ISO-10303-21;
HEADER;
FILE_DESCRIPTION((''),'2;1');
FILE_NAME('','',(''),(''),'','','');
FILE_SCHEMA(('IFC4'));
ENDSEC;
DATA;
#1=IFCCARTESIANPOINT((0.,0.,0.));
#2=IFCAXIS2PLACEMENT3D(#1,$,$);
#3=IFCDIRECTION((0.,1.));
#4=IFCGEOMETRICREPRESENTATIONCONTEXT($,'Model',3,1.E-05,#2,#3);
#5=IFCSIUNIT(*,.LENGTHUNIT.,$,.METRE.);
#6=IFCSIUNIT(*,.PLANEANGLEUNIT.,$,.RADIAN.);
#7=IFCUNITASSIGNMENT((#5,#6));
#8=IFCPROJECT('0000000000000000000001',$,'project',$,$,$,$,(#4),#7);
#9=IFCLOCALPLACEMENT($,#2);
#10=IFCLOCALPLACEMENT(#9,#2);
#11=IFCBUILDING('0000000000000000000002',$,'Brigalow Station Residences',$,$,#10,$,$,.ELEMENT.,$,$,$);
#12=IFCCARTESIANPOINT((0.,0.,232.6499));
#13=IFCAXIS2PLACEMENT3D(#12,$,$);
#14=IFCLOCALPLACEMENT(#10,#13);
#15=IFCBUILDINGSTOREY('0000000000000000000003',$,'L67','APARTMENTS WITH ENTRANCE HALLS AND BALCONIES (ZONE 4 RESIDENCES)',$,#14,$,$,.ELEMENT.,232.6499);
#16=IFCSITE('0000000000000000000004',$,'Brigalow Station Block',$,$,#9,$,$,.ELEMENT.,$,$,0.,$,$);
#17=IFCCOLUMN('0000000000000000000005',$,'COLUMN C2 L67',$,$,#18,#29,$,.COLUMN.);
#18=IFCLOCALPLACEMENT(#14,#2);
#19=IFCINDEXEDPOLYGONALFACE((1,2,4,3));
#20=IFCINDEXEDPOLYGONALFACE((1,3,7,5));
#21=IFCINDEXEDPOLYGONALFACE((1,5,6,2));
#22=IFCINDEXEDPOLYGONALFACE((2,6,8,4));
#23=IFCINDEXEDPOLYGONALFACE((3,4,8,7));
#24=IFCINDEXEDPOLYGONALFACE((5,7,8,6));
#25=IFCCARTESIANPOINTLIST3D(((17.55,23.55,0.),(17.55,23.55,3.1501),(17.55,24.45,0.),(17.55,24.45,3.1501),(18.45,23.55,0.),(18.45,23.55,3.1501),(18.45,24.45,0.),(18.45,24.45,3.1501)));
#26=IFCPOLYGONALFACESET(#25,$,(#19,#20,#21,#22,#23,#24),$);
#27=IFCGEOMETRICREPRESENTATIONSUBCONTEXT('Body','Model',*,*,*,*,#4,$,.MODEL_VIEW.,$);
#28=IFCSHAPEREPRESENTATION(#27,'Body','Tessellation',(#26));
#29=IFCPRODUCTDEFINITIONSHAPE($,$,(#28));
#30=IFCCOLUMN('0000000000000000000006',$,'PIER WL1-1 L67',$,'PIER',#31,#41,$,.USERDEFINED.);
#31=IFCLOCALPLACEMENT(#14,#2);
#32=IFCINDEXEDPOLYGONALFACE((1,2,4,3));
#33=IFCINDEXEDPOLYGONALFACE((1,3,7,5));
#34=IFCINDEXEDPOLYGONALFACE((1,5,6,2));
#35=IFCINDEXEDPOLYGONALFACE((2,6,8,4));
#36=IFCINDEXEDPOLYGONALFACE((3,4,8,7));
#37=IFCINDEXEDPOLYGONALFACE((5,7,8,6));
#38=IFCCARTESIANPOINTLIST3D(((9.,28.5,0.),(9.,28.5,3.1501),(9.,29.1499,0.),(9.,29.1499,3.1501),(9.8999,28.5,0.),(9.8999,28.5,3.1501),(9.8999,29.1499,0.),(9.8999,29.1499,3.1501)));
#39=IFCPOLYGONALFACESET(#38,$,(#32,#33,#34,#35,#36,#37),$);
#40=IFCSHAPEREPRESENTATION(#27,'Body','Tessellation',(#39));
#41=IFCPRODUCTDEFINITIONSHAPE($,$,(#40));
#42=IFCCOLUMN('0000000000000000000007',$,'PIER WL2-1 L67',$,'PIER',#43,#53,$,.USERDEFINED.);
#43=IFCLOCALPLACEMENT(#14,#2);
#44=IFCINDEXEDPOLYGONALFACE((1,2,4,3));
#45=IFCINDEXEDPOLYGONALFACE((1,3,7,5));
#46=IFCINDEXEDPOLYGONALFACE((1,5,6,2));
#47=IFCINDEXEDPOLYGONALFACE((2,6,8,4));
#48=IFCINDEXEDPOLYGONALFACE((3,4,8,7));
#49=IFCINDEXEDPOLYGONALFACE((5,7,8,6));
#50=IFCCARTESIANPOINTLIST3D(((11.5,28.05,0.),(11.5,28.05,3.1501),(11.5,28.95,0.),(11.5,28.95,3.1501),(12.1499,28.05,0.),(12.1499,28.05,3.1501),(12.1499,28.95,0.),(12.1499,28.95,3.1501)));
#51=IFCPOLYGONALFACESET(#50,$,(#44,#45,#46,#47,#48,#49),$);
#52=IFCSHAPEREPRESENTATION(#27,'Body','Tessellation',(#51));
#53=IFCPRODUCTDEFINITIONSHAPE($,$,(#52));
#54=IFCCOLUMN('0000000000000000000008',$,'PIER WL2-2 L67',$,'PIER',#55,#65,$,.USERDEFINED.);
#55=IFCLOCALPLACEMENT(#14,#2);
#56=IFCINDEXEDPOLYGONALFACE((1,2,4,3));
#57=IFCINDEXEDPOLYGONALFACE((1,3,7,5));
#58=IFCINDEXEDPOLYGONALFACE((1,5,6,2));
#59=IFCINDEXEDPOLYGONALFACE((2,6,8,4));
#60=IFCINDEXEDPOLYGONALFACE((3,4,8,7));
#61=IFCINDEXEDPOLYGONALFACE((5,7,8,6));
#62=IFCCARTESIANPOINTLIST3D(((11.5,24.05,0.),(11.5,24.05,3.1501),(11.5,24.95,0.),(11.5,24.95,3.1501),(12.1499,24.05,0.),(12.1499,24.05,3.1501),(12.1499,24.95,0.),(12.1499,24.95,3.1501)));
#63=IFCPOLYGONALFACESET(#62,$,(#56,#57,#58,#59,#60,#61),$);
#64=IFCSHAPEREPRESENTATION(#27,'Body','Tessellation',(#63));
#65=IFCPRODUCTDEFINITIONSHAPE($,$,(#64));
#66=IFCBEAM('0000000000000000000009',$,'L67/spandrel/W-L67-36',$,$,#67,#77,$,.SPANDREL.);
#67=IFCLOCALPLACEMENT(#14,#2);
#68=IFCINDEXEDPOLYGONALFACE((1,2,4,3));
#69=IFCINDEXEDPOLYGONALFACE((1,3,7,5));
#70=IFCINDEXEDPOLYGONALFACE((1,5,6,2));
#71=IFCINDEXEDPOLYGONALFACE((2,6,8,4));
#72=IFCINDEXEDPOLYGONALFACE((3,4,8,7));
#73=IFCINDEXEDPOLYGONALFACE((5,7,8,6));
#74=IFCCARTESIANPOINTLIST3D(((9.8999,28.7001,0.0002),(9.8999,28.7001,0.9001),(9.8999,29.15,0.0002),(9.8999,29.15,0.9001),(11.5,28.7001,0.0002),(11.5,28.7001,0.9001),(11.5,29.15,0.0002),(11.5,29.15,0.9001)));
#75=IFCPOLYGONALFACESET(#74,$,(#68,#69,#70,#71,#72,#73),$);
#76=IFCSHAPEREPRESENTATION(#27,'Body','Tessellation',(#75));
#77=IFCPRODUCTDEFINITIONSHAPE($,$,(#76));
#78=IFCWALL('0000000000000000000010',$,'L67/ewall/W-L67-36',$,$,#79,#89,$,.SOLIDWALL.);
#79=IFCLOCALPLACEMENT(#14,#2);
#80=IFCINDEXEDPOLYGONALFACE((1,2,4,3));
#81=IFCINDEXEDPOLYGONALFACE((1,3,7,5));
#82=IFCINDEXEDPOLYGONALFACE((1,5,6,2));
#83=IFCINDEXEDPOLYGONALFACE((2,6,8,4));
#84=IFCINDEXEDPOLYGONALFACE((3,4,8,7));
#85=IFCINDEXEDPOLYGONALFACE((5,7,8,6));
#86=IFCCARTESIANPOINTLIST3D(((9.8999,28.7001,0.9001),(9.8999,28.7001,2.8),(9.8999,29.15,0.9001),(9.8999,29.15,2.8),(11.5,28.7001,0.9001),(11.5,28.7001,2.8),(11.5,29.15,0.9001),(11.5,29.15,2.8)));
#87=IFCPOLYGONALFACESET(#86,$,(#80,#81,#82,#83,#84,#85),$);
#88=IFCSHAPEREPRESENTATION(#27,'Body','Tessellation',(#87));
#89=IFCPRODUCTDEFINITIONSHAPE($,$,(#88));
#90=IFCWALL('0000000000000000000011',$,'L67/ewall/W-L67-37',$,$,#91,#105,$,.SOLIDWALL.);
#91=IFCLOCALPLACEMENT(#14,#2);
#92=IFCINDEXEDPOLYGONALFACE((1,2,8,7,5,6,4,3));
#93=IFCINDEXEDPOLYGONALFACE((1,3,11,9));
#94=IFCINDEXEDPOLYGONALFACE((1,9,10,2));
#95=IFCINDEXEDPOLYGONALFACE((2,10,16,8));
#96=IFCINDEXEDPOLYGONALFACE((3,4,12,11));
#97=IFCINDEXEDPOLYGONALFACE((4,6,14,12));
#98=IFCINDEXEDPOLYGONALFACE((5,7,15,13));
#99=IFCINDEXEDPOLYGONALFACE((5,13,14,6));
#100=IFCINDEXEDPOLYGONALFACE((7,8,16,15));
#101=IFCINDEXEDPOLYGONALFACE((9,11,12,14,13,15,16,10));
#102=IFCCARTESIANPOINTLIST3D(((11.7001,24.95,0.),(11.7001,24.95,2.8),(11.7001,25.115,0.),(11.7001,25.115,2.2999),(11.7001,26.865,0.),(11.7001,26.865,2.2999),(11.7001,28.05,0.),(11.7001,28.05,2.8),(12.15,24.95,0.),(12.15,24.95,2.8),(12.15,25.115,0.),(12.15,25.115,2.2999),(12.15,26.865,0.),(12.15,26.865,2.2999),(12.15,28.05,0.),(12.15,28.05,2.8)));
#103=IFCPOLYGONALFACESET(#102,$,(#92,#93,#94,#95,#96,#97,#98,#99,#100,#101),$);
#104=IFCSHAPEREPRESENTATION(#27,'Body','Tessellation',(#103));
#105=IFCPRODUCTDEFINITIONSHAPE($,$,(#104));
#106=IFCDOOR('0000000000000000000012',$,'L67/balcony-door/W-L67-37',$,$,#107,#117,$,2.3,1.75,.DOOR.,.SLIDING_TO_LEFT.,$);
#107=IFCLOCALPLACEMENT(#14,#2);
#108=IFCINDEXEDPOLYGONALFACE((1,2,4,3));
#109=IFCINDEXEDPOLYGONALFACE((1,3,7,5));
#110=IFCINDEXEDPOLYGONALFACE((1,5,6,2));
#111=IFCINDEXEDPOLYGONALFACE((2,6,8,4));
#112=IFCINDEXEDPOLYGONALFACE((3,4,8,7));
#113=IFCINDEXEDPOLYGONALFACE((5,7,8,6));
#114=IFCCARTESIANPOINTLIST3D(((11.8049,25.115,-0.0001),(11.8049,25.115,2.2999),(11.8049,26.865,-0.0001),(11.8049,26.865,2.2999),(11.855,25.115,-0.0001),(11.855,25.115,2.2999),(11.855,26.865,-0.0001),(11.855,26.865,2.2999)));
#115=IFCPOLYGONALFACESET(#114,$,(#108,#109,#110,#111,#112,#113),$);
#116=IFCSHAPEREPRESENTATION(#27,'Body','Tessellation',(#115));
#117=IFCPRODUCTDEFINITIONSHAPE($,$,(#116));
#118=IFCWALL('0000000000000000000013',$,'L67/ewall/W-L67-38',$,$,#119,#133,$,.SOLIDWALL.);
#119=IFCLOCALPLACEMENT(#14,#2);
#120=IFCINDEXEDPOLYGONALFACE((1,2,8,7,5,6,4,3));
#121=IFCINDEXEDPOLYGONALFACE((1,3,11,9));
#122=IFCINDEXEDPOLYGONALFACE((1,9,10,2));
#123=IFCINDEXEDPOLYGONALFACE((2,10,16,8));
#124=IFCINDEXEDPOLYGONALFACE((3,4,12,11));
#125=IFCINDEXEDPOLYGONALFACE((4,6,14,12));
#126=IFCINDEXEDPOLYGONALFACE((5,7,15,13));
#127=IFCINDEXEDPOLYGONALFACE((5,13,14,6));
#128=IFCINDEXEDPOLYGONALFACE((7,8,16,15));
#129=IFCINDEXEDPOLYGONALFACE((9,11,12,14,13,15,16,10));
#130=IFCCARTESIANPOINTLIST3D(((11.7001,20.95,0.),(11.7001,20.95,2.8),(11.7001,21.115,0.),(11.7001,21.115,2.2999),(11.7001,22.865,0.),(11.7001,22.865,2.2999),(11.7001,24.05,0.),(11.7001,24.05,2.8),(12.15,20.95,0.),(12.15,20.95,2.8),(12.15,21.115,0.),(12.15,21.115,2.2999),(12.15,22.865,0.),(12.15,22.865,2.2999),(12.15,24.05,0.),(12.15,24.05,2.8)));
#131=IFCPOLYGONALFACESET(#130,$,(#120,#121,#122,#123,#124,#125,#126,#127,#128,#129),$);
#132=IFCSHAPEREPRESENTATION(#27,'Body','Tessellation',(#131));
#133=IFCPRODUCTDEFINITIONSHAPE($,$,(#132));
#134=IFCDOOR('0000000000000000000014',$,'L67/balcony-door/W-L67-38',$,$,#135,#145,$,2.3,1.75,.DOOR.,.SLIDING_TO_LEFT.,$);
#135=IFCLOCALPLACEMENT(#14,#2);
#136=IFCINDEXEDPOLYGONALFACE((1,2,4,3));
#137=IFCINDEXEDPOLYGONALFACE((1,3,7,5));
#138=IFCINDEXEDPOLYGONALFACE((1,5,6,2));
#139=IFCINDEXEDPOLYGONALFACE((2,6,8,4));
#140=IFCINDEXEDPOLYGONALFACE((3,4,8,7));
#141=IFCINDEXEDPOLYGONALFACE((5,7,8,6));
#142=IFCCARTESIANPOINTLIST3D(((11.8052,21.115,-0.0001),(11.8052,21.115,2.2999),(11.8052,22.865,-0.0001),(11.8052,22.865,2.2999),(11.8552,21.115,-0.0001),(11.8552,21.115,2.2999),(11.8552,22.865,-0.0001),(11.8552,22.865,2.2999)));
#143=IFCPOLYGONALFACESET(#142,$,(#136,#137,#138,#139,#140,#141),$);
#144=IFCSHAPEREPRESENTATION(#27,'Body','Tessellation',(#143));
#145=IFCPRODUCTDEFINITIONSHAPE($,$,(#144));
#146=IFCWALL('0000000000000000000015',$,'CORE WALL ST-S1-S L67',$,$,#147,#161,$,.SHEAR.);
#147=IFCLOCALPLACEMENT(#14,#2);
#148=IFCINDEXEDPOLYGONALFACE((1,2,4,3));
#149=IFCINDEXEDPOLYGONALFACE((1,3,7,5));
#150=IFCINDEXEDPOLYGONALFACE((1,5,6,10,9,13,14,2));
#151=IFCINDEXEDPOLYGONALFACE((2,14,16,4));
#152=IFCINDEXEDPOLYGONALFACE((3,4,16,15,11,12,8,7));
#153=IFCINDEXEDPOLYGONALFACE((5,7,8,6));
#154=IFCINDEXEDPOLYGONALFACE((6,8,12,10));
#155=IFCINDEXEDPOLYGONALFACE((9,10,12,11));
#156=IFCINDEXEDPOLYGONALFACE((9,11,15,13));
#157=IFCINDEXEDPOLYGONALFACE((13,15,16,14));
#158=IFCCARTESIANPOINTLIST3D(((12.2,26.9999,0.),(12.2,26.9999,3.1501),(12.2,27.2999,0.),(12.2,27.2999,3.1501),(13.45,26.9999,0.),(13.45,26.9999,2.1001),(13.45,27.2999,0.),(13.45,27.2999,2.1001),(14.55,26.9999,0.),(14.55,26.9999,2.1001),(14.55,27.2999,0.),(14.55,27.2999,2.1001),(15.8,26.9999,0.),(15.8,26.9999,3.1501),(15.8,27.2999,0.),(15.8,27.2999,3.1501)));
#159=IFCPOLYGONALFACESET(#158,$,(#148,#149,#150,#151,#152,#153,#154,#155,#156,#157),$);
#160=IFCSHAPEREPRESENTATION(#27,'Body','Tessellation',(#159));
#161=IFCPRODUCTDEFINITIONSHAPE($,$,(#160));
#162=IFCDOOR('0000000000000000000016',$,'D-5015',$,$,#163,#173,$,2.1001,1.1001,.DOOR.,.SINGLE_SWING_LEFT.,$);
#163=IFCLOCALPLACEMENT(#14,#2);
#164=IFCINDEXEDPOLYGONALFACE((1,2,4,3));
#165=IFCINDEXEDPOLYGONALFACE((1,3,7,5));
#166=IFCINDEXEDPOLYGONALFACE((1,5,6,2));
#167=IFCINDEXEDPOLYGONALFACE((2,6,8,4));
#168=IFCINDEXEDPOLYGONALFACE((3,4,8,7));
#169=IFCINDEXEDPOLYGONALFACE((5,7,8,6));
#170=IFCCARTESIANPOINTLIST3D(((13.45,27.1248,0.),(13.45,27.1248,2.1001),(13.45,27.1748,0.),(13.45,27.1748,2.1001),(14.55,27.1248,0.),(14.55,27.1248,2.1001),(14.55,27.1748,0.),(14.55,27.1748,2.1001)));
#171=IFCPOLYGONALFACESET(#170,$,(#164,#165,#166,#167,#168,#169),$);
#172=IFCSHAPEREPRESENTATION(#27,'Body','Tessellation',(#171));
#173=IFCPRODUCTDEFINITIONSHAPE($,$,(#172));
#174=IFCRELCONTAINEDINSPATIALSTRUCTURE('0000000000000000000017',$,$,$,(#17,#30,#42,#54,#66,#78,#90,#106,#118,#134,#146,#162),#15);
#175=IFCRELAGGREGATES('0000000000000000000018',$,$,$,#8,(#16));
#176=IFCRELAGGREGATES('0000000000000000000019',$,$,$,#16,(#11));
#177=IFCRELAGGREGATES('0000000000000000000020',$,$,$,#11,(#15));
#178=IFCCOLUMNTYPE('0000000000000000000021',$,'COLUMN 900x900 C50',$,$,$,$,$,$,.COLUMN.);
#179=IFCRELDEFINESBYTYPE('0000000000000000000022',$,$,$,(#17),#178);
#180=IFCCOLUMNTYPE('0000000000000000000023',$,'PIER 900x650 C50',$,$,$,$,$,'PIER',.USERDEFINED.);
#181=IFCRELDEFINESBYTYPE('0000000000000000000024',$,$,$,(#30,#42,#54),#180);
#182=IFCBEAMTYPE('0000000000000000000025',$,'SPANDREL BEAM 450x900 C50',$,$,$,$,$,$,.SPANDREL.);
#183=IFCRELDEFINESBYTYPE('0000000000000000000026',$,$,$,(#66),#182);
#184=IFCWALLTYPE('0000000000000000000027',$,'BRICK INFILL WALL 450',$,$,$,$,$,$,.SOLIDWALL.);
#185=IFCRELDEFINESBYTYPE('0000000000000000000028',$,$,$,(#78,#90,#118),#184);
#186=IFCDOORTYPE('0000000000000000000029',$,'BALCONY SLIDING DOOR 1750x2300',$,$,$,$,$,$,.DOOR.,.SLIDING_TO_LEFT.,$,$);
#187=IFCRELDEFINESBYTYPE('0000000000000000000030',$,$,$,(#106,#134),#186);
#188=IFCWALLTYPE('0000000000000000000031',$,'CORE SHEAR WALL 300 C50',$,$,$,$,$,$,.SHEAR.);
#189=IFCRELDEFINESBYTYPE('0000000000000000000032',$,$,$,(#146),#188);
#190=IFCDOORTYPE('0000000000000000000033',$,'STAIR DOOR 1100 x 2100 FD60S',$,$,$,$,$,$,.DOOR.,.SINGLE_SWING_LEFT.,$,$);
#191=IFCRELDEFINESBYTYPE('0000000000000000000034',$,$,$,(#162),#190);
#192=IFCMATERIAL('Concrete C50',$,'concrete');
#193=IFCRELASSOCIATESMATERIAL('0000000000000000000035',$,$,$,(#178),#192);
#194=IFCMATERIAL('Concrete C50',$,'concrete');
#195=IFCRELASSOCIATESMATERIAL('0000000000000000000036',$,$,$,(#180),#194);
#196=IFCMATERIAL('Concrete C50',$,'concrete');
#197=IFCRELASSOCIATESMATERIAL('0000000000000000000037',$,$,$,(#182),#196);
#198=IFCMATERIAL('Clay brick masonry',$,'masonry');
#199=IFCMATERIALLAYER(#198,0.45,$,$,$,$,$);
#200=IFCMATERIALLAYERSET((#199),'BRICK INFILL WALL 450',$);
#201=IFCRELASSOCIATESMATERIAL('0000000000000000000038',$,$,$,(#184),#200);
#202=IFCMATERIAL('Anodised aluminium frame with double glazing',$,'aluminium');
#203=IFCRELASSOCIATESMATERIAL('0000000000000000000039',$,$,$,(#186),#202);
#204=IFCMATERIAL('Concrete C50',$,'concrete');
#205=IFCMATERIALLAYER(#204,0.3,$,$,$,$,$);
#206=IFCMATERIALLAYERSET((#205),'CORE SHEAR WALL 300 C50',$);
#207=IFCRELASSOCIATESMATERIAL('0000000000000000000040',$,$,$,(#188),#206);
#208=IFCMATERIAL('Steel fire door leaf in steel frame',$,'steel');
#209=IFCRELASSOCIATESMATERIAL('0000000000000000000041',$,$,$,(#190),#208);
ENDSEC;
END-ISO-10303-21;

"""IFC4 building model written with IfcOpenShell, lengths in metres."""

from ifc_helpers import new_model, si_unit, direction, frame, frame_2d, origin, origin_2d, place, context, subcontext, project, spatial, rectangle, extrude, material, layer, layer_set, material_profile, profile_set, type_object, element, fill, save


model = new_model("IFC4")

# Units and contexts
model_context = context("Model", 3, precision=1e-05, world=origin(), true_north=direction((0.0, 1.0)))
body_context = subcontext(model_context, "Body", "Model", "MODEL_VIEW")
ifc_project = project(units=[si_unit("LENGTHUNIT", "METRE"), si_unit("PLANEANGLEUNIT", "RADIAN")], contexts=[model_context])

# Site, building, storey
site_placement = place(None, origin())
site = spatial("IfcSite", under=ifc_project, at=site_placement, Name="Brigalow Station Block", CompositionType="ELEMENT", RefElevation=0.0)
building_placement = place(site_placement, origin())
building = spatial("IfcBuilding", under=site, at=building_placement, Name="Brigalow Station Residences", CompositionType="ELEMENT")
storey_placement = place(building_placement, frame((0.0, 0.0, 232.6499)))
storey = spatial("IfcBuildingStorey", under=building, at=storey_placement, Name="L67", Description="APARTMENTS WITH ENTRANCE HALLS AND BALCONIES (ZONE 4 RESIDENCES)", CompositionType="ELEMENT", Elevation=232.6499)

# Columns
ifc_material_1 = material(Name="Concrete C50", Category="concrete")
ifc_material_profile_1 = material_profile(ifc_material_1, rectangle(XDim=0.8999, YDim=0.8999, at=origin_2d()), Name="RC900x900")
ifc_profile_set_1 = profile_set([ifc_material_profile_1], Name="Concrete C50")
column_type_1 = type_object("IfcColumnType", Name="COLUMN 900x900 C50", PredefinedType="COLUMN", material=ifc_profile_set_1)
column_placement = place(storey_placement, frame((18.0, 24.0, 0.0), z_axis=(0.0, 0.0, 1.0), x_axis=(1.0, 0.0, 0.0)))
element("IfcColumn", 1, at=column_placement, inside=storey, type_object=column_type_1, Name="COLUMN C2 L67", PredefinedType="COLUMN", context=body_context, shape_type="SweptSolid", body=[
    extrude(rectangle(XDim=0.8999, YDim=0.8999, at=origin_2d()), origin(), (0.0, 0.0, 1.0), 3.1501),
])
ifc_material_2 = material(Name="Concrete C50", Category="concrete")
ifc_material_profile_2 = material_profile(ifc_material_2, rectangle(XDim=0.8999, YDim=0.6499, at=origin_2d()), Name="RC900x650")
ifc_profile_set_2 = profile_set([ifc_material_profile_2], Name="Concrete C50")
column_type_2 = type_object("IfcColumnType", Name="PIER 900x650 C50", ElementType="PIER", PredefinedType="USERDEFINED", material=ifc_profile_set_2)
for number, where, z_axis, x_axis, name in (
    (2, (9.45, 28.825, 0.0), (0.0, 0.0, 1.0), (1.0, 0.0, 0.0), "PIER WL1-1 L67"),
    (3, (11.825, 28.5, 0.0), (0.0, 0.0, 1.0), (0.0, -1.0, 0.0), "PIER WL2-1 L67"),
    (4, (11.825, 24.5, 0.0), (0.0, 0.0, 1.0), (0.0, -1.0, 0.0), "PIER WL2-2 L67"),
):
    element("IfcColumn", number, at=place(storey_placement, frame(where, z_axis=z_axis, x_axis=x_axis)), inside=storey, type_object=column_type_2, Name=name, ObjectType="PIER", PredefinedType="USERDEFINED", context=body_context, shape_type="SweptSolid", body=[
        extrude(rectangle(XDim=0.8999, YDim=0.6499, at=origin_2d()), origin(), (0.0, 0.0, 1.0), 3.1501),
    ])

# Beam
ifc_material_3 = material(Name="Concrete C50", Category="concrete")
ifc_material_profile_3 = material_profile(ifc_material_3, rectangle(XDim=0.45, YDim=0.8999, at=origin_2d()), Name="RC450x900")
ifc_profile_set_3 = profile_set([ifc_material_profile_3], Name="Concrete C50")
beam_type = type_object("IfcBeamType", Name="SPANDREL BEAM 450x900 C50", PredefinedType="SPANDREL", material=ifc_profile_set_3)
beam_placement = place(storey_placement, frame((9.8999, 28.925, 0.4502), z_axis=(1.0, 0.0, 0.0), x_axis=(0.0, 1.0, 0.0)))
element("IfcBeam", 5, at=beam_placement, inside=storey, type_object=beam_type, Name="L67/spandrel/W-L67-36", PredefinedType="SPANDREL", context=body_context, shape_type="SweptSolid", body=[
    extrude(rectangle(XDim=0.45, YDim=0.8999, at=origin_2d()), origin(), (0.0, 0.0, 1.0), 1.6001),
])

# Wall
ifc_material_4 = material(Name="Clay brick masonry", Category="masonry")
ifc_layer_1 = layer(ifc_material_4, 0.45)
ifc_layer_set_1 = layer_set([ifc_layer_1], Name="BRICK INFILL WALL 450")
wall_type_1 = type_object("IfcWallType", Name="BRICK INFILL WALL 450", PredefinedType="SOLIDWALL", material=ifc_layer_set_1)
wall_1_placement = place(storey_placement, frame((9.8999, 28.925, 0.9001), z_axis=(0.0, 0.0, 1.0), x_axis=(1.0, 0.0, 0.0)))
element("IfcWall", 6, at=wall_1_placement, inside=storey, type_object=wall_type_1, Name="L67/ewall/W-L67-36", PredefinedType="SOLIDWALL", context=body_context, shape_type="SweptSolid", body=[
    extrude(rectangle(XDim=1.6001, YDim=0.45, at=frame_2d((0.8, 0.0))), origin(), (0.0, 0.0, 1.0), 1.8999),
])

# Walls, openings, doors
wall_2_placement = place(storey_placement, frame((11.925, 28.05, 0.0), z_axis=(0.0, 0.0, 1.0), x_axis=(0.0, -1.0, 0.0)))
wall_2 = element("IfcWall", 7, at=wall_2_placement, inside=storey, type_object=wall_type_1, Name="L67/ewall/W-L67-37", PredefinedType="SOLIDWALL", context=body_context, shape_type="SweptSolid", body=[
    extrude(rectangle(XDim=3.1001, YDim=0.45, at=frame_2d((1.55, 0.0))), origin(), (0.0, 0.0, 1.0), 2.8),
])
opening_1_placement = place(wall_2_placement, frame((1.1851, 0.0, 0.0)))
opening_1 = element("IfcOpeningElement", 8, at=opening_1_placement, cuts=wall_2, PredefinedType="OPENING", context=body_context, shape_type="SweptSolid", body=[
    extrude(rectangle(XDim=1.75, YDim=2.3, at=frame_2d((0.875, 1.1499))), frame((0.0, 0.2349, 0.0), z_axis=(0.0, -1.0, 0.0), x_axis=(1.0, 0.0, 0.0)), (0.0, 0.0, 1.0), 0.47),
])
ifc_material_5 = material(Name="Anodised aluminium frame with double glazing", Category="aluminium")
door_type_1 = type_object("IfcDoorType", Name="BALCONY SLIDING DOOR 1750x2300", OperationType="SLIDING_TO_LEFT", PredefinedType="DOOR", material=ifc_material_5)
door_1_placement = place(opening_1_placement, frame((1.75, -0.1899, 0.0), z_axis=(0.0, 0.0, 1.0), x_axis=(-1.0, 0.0, 0.0)))
door_1 = element("IfcDoor", 9, at=door_1_placement, inside=storey, type_object=door_type_1, Name="L67/balcony-door/W-L67-37", OperationType="SLIDING_TO_LEFT", OverallHeight=2.3, OverallWidth=1.75, PredefinedType="DOOR", context=body_context, shape_type="SweptSolid", body=[
    extrude(rectangle(XDim=1.75, YDim=2.3, at=frame_2d((0.875, 1.1499))), frame((0.0, -0.0698, 0.0), z_axis=(0.0, -1.0, 0.0), x_axis=(1.0, 0.0, 0.0)), (0.0, 0.0, 1.0), 0.05),
])
fill(opening_1, door_1)
wall_3_placement = place(storey_placement, frame((11.925, 24.05, 0.0), z_axis=(0.0, 0.0, 1.0), x_axis=(0.0, -1.0, 0.0)))
wall_3 = element("IfcWall", 10, at=wall_3_placement, inside=storey, type_object=wall_type_1, Name="L67/ewall/W-L67-38", PredefinedType="SOLIDWALL", context=body_context, shape_type="SweptSolid", body=[
    extrude(rectangle(XDim=3.1001, YDim=0.45, at=frame_2d((1.55, 0.0))), origin(), (0.0, 0.0, 1.0), 2.8),
])
opening_2_placement = place(wall_3_placement, frame((1.1851, 0.0, 0.0)))
opening_2 = element("IfcOpeningElement", 11, at=opening_2_placement, cuts=wall_3, PredefinedType="OPENING", context=body_context, shape_type="SweptSolid", body=[
    extrude(rectangle(XDim=1.75, YDim=2.3, at=frame_2d((0.875, 1.1499))), frame((0.0, 0.2349, 0.0), z_axis=(0.0, -1.0, 0.0), x_axis=(1.0, 0.0, 0.0)), (0.0, 0.0, 1.0), 0.47),
])
door_2_placement = place(opening_2_placement, origin())
door_2 = element("IfcDoor", 12, at=door_2_placement, inside=storey, type_object=door_type_1, Name="L67/balcony-door/W-L67-38", OperationType="SLIDING_TO_LEFT", OverallHeight=2.3, OverallWidth=1.75, PredefinedType="DOOR", context=body_context, shape_type="SweptSolid", body=[
    extrude(rectangle(XDim=1.75, YDim=2.3, at=frame_2d((0.875, 1.1499))), frame((0.0, -0.0698, 0.0), z_axis=(0.0, -1.0, 0.0), x_axis=(1.0, 0.0, 0.0)), (0.0, 0.0, 1.0), 0.05),
])
fill(opening_2, door_2)
ifc_material_6 = material(Name="Concrete C50", Category="concrete")
ifc_layer_2 = layer(ifc_material_6, 0.3)
ifc_layer_set_2 = layer_set([ifc_layer_2], Name="CORE SHEAR WALL 300 C50")
wall_type_2 = type_object("IfcWallType", Name="CORE SHEAR WALL 300 C50", PredefinedType="SHEAR", material=ifc_layer_set_2)
wall_4_placement = place(storey_placement, frame((12.2, 27.1499, 0.0), z_axis=(0.0, 0.0, 1.0), x_axis=(1.0, 0.0, 0.0)))
wall_4 = element("IfcWall", 13, at=wall_4_placement, inside=storey, type_object=wall_type_2, Name="CORE WALL ST-S1-S L67", PredefinedType="SHEAR", context=body_context, shape_type="SweptSolid", body=[
    extrude(rectangle(XDim=3.6001, YDim=0.3, at=frame_2d((1.8, 0.0))), origin(), (0.0, 0.0, 1.0), 3.1501),
])
opening_3_placement = place(wall_4_placement, frame((1.25, 0.0, 0.0)))
opening_3 = element("IfcOpeningElement", 14, at=opening_3_placement, cuts=wall_4, PredefinedType="OPENING", context=body_context, shape_type="SweptSolid", body=[
    extrude(rectangle(XDim=1.1001, YDim=2.1001, at=frame_2d((0.55, 1.05))), frame((0.0, 0.1602, 0.0), z_axis=(0.0, -1.0, 0.0), x_axis=(1.0, 0.0, 0.0)), (0.0, 0.0, 1.0), 0.3201),
])
ifc_material_7 = material(Name="Steel fire door leaf in steel frame", Category="steel")
door_type_2 = type_object("IfcDoorType", Name="STAIR DOOR 1100 x 2100 FD60S", OperationType="SINGLE_SWING_LEFT", PredefinedType="DOOR", material=ifc_material_7)
door_3_placement = place(opening_3_placement, origin())
door_3 = element("IfcDoor", 15, at=door_3_placement, inside=storey, type_object=door_type_2, Name="D-5015", OperationType="SINGLE_SWING_LEFT", OverallHeight=2.1001, OverallWidth=1.1001, PredefinedType="DOOR", context=body_context, shape_type="SweptSolid", body=[
    extrude(rectangle(XDim=1.1001, YDim=2.1001, at=frame_2d((0.55, 1.05))), frame((0.0, 0.0249, 0.0), z_axis=(0.0, -1.0, 0.0), x_axis=(1.0, 0.0, 0.0)), (0.0, 0.0, 1.0), 0.05),
])
fill(opening_3, door_3)

save(model, "model.ifc")
